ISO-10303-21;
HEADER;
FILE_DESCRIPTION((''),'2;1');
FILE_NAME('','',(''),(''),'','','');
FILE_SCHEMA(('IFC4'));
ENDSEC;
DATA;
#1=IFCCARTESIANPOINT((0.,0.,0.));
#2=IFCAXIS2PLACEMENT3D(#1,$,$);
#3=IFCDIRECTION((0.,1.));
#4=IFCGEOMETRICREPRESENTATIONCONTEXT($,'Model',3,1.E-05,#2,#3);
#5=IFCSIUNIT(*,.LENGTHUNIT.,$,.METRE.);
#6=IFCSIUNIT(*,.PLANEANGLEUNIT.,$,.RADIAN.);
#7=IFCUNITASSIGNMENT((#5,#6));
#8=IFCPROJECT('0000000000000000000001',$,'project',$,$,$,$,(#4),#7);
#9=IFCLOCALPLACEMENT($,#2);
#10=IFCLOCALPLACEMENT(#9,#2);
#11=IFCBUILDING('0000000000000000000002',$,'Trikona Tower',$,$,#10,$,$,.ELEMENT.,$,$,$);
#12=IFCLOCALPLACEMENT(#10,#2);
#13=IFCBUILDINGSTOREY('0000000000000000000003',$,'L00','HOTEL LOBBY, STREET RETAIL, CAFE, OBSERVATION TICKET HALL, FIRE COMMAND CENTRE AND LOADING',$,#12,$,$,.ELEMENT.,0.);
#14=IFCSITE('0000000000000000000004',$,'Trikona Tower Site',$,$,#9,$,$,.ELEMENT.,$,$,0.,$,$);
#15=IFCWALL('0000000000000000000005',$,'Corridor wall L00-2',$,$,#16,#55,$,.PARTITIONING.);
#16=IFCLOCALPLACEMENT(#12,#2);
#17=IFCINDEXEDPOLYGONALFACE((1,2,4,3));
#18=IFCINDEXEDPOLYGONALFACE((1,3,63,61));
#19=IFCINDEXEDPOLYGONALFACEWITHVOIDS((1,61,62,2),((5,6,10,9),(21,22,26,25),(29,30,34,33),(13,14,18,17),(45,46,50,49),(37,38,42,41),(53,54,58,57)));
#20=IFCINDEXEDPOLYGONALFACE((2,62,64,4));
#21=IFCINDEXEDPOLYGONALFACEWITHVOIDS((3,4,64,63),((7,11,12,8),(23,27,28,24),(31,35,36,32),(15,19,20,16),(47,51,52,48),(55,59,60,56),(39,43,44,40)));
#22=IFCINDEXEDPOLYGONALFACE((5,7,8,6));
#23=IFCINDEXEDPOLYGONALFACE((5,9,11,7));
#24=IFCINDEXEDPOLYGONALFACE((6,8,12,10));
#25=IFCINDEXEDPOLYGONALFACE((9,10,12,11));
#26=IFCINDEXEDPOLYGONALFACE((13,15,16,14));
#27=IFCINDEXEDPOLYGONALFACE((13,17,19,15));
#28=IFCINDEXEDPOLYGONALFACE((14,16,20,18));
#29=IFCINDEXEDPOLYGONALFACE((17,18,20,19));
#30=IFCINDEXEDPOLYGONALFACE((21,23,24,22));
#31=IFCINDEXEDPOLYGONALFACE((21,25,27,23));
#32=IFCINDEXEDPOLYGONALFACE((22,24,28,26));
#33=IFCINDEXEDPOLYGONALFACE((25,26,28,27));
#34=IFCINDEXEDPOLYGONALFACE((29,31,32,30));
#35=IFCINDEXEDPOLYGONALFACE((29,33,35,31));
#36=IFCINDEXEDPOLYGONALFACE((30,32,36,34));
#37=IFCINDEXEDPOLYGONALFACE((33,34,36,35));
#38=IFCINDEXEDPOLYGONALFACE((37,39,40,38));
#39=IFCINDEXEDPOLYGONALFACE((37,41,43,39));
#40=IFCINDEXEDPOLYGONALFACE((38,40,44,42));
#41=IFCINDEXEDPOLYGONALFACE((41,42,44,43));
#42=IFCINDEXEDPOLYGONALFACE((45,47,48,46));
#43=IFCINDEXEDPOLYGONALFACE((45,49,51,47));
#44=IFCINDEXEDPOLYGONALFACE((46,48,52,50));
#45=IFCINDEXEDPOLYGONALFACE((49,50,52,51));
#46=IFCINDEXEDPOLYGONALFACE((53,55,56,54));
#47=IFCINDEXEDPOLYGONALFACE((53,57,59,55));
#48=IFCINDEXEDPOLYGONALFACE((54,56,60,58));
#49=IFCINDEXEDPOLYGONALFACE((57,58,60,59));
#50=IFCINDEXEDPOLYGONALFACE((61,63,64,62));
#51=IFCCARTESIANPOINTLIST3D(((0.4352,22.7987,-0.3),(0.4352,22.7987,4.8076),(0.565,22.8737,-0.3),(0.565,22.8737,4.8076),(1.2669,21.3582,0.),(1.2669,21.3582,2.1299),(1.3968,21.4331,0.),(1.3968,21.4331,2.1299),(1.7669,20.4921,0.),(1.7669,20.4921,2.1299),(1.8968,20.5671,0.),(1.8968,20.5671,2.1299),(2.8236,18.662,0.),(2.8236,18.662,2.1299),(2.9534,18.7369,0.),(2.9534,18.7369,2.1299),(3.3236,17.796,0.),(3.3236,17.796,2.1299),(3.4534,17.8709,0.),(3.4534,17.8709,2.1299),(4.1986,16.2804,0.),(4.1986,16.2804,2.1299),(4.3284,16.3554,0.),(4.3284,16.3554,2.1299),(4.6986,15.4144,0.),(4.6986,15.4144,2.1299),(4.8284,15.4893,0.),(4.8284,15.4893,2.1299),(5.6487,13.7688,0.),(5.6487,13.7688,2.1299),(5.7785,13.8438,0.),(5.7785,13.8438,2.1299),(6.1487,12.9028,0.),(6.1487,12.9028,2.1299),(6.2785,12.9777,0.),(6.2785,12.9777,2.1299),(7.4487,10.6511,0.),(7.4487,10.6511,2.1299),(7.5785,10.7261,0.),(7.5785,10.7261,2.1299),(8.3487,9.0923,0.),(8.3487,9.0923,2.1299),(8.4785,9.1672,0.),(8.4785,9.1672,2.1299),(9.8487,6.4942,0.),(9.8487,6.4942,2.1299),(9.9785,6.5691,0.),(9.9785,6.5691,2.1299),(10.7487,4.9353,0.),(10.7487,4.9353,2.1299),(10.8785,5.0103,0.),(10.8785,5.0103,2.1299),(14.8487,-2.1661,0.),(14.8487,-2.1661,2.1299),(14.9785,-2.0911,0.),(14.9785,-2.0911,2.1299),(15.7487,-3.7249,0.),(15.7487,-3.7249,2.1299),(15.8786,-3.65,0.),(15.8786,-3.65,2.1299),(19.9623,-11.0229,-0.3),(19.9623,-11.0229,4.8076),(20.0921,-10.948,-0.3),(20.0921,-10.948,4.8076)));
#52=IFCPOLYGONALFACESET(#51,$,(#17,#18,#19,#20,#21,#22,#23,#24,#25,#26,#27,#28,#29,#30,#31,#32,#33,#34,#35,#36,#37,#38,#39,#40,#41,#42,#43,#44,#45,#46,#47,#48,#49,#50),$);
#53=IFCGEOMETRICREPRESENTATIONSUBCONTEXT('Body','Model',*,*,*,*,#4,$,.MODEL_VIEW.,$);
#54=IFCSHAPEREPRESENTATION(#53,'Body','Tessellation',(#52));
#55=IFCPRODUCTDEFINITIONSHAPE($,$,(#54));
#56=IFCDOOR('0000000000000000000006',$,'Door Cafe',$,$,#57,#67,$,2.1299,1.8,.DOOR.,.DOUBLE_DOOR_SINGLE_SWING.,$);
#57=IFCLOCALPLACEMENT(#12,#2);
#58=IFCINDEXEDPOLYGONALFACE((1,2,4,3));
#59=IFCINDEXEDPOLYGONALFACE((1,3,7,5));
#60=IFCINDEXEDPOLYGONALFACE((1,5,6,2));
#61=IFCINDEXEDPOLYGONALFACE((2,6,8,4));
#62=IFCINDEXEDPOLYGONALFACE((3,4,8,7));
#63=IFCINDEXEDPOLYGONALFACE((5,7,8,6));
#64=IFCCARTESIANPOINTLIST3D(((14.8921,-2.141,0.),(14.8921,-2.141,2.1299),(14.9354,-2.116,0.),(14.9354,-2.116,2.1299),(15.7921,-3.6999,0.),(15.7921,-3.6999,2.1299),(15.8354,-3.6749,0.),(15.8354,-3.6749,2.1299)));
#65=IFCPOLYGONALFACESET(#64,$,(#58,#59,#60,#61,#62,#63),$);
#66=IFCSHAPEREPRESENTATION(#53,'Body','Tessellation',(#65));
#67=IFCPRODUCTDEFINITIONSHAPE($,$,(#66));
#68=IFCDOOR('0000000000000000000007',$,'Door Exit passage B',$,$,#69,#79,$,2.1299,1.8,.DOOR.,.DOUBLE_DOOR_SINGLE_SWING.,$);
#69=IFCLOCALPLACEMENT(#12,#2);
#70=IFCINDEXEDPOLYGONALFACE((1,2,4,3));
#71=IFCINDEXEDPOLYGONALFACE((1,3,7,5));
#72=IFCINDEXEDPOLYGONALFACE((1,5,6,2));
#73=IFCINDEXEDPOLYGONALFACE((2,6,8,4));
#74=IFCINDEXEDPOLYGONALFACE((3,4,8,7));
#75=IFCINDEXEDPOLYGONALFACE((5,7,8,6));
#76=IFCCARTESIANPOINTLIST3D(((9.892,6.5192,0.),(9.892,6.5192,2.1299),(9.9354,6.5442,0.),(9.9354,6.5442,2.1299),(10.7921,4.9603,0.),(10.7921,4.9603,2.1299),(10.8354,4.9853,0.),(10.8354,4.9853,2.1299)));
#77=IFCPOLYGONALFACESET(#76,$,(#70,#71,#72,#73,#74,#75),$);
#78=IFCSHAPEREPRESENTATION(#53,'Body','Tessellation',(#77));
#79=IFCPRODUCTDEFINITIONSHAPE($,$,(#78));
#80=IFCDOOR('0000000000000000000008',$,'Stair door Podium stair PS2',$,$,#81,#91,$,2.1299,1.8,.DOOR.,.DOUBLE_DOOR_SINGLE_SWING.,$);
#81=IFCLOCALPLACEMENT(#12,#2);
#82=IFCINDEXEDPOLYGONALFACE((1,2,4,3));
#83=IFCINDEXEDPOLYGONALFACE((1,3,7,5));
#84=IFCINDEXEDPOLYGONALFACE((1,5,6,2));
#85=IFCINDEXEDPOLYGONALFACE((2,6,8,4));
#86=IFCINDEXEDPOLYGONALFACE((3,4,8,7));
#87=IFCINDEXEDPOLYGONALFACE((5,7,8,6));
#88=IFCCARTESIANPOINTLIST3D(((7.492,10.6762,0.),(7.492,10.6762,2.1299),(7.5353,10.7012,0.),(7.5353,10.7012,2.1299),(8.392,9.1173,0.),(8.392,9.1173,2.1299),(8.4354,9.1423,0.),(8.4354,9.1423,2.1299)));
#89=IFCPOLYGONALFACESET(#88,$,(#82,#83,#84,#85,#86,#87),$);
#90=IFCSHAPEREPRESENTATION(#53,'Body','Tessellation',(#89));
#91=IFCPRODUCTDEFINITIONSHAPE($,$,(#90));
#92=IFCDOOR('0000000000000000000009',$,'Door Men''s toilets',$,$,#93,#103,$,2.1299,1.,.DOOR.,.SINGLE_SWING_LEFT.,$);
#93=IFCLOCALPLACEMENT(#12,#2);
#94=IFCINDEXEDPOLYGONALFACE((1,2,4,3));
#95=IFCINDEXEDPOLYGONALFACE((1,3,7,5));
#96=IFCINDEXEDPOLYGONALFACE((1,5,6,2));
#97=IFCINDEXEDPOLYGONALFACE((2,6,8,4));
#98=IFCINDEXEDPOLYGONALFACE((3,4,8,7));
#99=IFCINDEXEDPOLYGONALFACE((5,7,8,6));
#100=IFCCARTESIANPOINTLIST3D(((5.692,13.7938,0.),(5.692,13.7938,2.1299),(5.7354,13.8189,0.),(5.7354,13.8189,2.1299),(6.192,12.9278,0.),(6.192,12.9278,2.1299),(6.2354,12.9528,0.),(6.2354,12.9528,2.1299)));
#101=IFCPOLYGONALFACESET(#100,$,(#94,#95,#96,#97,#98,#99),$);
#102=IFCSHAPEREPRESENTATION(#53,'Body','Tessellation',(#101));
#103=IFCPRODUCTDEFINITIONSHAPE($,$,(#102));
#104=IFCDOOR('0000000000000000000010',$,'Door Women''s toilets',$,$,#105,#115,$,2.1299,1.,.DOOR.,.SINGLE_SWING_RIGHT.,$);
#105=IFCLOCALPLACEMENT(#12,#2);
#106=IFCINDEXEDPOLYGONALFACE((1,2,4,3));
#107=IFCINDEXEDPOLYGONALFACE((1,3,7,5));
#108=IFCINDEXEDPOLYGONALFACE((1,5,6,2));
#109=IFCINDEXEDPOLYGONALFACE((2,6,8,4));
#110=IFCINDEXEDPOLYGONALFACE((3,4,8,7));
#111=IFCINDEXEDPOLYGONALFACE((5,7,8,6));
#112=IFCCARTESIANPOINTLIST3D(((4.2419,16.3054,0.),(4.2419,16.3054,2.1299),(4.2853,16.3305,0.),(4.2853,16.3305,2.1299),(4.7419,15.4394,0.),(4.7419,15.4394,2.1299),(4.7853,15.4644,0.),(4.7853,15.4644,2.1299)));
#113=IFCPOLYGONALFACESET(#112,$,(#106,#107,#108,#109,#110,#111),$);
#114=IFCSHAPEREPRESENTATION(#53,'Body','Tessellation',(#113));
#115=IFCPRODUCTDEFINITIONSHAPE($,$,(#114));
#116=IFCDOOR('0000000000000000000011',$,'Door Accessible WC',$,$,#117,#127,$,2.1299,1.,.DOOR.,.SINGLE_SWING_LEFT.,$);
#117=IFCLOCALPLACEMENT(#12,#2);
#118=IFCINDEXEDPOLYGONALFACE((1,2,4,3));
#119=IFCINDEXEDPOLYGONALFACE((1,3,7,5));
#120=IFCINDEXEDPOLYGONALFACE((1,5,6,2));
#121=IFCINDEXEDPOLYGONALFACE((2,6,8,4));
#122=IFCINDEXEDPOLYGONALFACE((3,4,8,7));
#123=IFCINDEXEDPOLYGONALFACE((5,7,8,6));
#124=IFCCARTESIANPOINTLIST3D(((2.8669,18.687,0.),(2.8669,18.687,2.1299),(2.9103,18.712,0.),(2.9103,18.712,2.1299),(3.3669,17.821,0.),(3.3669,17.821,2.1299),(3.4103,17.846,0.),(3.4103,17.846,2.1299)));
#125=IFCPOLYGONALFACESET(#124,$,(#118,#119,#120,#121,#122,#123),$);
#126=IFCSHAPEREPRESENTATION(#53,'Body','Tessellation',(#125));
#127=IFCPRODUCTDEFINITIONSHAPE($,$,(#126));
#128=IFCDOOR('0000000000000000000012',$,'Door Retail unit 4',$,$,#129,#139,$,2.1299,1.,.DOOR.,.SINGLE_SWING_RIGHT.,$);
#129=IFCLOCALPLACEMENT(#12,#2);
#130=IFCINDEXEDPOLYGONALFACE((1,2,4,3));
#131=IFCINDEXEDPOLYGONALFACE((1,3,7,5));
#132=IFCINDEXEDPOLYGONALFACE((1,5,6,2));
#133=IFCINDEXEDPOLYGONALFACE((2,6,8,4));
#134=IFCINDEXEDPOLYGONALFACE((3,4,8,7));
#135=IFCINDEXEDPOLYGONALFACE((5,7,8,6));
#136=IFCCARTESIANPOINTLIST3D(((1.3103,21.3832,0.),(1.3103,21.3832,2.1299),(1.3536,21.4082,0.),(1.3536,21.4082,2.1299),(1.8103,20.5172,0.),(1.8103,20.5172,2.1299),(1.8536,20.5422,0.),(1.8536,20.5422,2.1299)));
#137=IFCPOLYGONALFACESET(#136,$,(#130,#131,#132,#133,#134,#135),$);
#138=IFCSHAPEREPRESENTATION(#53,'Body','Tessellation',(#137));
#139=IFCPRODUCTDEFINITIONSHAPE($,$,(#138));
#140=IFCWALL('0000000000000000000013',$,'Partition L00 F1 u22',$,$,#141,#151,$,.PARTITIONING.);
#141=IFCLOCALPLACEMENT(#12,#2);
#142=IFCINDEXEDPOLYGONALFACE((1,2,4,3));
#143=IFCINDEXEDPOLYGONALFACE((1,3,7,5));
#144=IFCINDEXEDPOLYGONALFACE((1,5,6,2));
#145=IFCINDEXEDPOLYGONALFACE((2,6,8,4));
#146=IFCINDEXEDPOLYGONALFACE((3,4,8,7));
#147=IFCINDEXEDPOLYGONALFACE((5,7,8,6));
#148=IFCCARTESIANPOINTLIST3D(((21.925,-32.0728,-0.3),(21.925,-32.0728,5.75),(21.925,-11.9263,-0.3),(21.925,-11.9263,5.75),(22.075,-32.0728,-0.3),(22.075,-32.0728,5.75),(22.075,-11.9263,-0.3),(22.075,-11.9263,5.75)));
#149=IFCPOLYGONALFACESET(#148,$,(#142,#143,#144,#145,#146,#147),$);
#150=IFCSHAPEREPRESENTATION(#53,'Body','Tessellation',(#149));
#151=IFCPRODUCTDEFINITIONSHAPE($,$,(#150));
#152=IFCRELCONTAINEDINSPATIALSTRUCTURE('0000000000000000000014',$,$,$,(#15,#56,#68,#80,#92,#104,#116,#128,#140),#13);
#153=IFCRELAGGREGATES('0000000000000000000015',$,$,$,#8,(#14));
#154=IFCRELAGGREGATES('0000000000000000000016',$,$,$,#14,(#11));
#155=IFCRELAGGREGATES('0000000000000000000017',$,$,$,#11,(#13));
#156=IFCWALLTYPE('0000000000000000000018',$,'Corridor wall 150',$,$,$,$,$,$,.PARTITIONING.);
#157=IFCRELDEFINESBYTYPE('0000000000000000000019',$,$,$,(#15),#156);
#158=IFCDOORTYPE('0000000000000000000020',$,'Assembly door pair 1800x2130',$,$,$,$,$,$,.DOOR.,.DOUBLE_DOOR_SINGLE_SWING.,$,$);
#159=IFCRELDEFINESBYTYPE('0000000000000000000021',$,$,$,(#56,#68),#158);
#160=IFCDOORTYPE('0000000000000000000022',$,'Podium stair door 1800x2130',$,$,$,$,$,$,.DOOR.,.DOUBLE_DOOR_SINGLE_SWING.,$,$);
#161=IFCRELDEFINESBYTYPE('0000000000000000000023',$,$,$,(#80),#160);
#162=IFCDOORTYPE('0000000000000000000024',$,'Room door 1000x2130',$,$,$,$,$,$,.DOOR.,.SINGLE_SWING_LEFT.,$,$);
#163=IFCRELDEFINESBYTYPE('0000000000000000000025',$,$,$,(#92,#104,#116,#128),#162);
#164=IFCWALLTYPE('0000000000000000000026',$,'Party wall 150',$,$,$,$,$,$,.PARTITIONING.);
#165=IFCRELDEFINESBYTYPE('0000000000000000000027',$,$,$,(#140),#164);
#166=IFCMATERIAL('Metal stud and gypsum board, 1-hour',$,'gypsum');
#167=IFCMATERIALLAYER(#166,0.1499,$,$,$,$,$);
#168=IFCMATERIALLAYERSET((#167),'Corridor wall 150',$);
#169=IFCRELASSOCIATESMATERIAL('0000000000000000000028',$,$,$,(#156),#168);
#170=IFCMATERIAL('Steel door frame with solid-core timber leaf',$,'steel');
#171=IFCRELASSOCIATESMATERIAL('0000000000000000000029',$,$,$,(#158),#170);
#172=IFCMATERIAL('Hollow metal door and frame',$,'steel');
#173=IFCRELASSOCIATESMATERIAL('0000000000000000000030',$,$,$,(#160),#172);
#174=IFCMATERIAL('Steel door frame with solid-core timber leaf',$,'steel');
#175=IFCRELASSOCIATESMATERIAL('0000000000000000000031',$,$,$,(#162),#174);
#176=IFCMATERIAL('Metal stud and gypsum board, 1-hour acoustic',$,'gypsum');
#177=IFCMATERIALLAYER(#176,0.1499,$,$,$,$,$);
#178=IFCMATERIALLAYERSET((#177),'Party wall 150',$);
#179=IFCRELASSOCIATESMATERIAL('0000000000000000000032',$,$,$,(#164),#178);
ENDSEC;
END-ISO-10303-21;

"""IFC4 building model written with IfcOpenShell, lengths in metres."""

from ifc_helpers import new_model, si_unit, direction, frame, frame_2d, origin, place, context, subcontext, project, spatial, rectangle, extrude, material, layer, layer_set, type_object, element, fill, save


model = new_model("IFC4")

# Units and contexts
model_context = context("Model", 3, precision=1e-05, world=origin(), true_north=direction((0.0, 1.0)))
body_context = subcontext(model_context, "Body", "Model", "MODEL_VIEW")
ifc_project = project(units=[si_unit("LENGTHUNIT", "METRE"), si_unit("PLANEANGLEUNIT", "RADIAN")], contexts=[model_context])

# Site, building, storey
site_placement = place(None, origin())
site = spatial("IfcSite", under=ifc_project, at=site_placement, Name="Trikona Tower Site", CompositionType="ELEMENT", RefElevation=0.0)
building_placement = place(site_placement, origin())
building = spatial("IfcBuilding", under=site, at=building_placement, Name="Trikona Tower", CompositionType="ELEMENT")
storey_placement = place(building_placement, origin())
storey = spatial("IfcBuildingStorey", under=building, at=storey_placement, Name="L00", Description="HOTEL LOBBY, STREET RETAIL, CAFE, OBSERVATION TICKET HALL, FIRE COMMAND CENTRE AND LOADING", CompositionType="ELEMENT", Elevation=0.0)

# Wall, openings, doors
ifc_material_1 = material(Name="Metal stud and gypsum board, 1-hour", Category="gypsum")
ifc_layer_1 = layer(ifc_material_1, 0.1499)
ifc_layer_set_1 = layer_set([ifc_layer_1], Name="Corridor wall 150")
wall_type_1 = type_object("IfcWallType", Name="Corridor wall 150", PredefinedType="PARTITIONING", material=ifc_layer_set_1)
wall_1_placement = place(storey_placement, frame((20.0271, -10.9854, -0.3), z_axis=(0.0, 0.0, 1.0), x_axis=(-0.500002, 0.866024, 0.0)))
wall_1 = element("IfcWall", 1, at=wall_1_placement, inside=storey, type_object=wall_type_1, Name="Corridor wall L00-2", PredefinedType="PARTITIONING", context=body_context, shape_type="SweptSolid", body=[
    extrude(rectangle(XDim=39.054, YDim=0.1499, at=frame_2d((19.5269, 0.0))), origin(), (0.0, 0.0, 1.0), 5.1077),
])
opening_1_placement = place(wall_1_placement, frame((8.427, 0.0, 0.3)))
opening_1 = element("IfcOpeningElement", 2, at=opening_1_placement, cuts=wall_1, PredefinedType="OPENING", context=body_context, shape_type="SweptSolid", body=[
    extrude(rectangle(XDim=1.8, YDim=2.1299, at=frame_2d((0.8999, 1.0649))), frame((0.0, 0.085, 0.0), z_axis=(0.0, -1.0, 0.0), x_axis=(1.0, 0.0, 0.0)), (0.0, 0.0, 1.0), 0.1699),
])
opening_2_placement = place(wall_1_placement, frame((18.427, 0.0, 0.3)))
opening_2 = element("IfcOpeningElement", 3, at=opening_2_placement, cuts=wall_1, PredefinedType="OPENING", context=body_context, shape_type="SweptSolid", body=[
    extrude(rectangle(XDim=1.8, YDim=2.1299, at=frame_2d((0.8999, 1.0649))), frame((0.0, 0.085, 0.0), z_axis=(0.0, -1.0, 0.0), x_axis=(1.0, 0.0, 0.0)), (0.0, 0.0, 1.0), 0.1699),
])
opening_3_placement = place(wall_1_placement, frame((23.2271, 0.0, 0.3)))
opening_3 = element("IfcOpeningElement", 4, at=opening_3_placement, cuts=wall_1, PredefinedType="OPENING", context=body_context, shape_type="SweptSolid", body=[
    extrude(rectangle(XDim=1.8, YDim=2.1299, at=frame_2d((0.8999, 1.0649))), frame((0.0, 0.085, 0.0), z_axis=(0.0, -1.0, 0.0), x_axis=(1.0, 0.0, 0.0)), (0.0, 0.0, 1.0), 0.1699),
])
opening_4_placement = place(wall_1_placement, frame((27.627, 0.0, 0.3)))
opening_4 = element("IfcOpeningElement", 5, at=opening_4_placement, cuts=wall_1, PredefinedType="OPENING", context=body_context, shape_type="SweptSolid", body=[
    extrude(rectangle(XDim=1.0, YDim=2.1299, at=frame_2d((0.5, 1.0649))), frame((0.0, 0.085, 0.0), z_axis=(0.0, -1.0, 0.0), x_axis=(1.0, 0.0, 0.0)), (0.0, 0.0, 1.0), 0.1699),
])
opening_5_placement = place(wall_1_placement, frame((30.5271, 0.0, 0.3)))
opening_5 = element("IfcOpeningElement", 6, at=opening_5_placement, cuts=wall_1, PredefinedType="OPENING", context=body_context, shape_type="SweptSolid", body=[
    extrude(rectangle(XDim=1.0, YDim=2.1299, at=frame_2d((0.5, 1.0649))), frame((0.0, 0.085, 0.0), z_axis=(0.0, -1.0, 0.0), x_axis=(1.0, 0.0, 0.0)), (0.0, 0.0, 1.0), 0.1699),
])
opening_6_placement = place(wall_1_placement, frame((33.2771, 0.0, 0.3)))
opening_6 = element("IfcOpeningElement", 7, at=opening_6_placement, cuts=wall_1, PredefinedType="OPENING", context=body_context, shape_type="SweptSolid", body=[
    extrude(rectangle(XDim=1.0, YDim=2.1299, at=frame_2d((0.5, 1.0649))), frame((0.0, 0.085, 0.0), z_axis=(0.0, -1.0, 0.0), x_axis=(1.0, 0.0, 0.0)), (0.0, 0.0, 1.0), 0.1699),
])
opening_7_placement = place(wall_1_placement, frame((36.3904, 0.0, 0.3)))
opening_7 = element("IfcOpeningElement", 8, at=opening_7_placement, cuts=wall_1, PredefinedType="OPENING", context=body_context, shape_type="SweptSolid", body=[
    extrude(rectangle(XDim=1.0, YDim=2.1299, at=frame_2d((0.5, 1.0649))), frame((0.0, 0.085, 0.0), z_axis=(0.0, -1.0, 0.0), x_axis=(1.0, 0.0, 0.0)), (0.0, 0.0, 1.0), 0.1699),
])
ifc_material_2 = material(Name="Steel door frame with solid-core timber leaf", Category="steel")
door_type_1 = type_object("IfcDoorType", Name="Assembly door pair 1800x2130", OperationType="DOUBLE_DOOR_SINGLE_SWING", PredefinedType="DOOR", material=ifc_material_2)
door_1_placement = place(opening_1_placement, origin())
door_1 = element("IfcDoor", 9, at=door_1_placement, inside=storey, type_object=door_type_1, Name="Door Cafe", OperationType="DOUBLE_DOOR_SINGLE_SWING", OverallHeight=2.1299, OverallWidth=1.8, PredefinedType="DOOR", context=body_context, shape_type="SweptSolid", body=[
    extrude(rectangle(XDim=1.8, YDim=2.1299, at=frame_2d((0.8999, 1.0649))), frame((0.0, 0.0249, 0.0), z_axis=(0.0, -1.0, 0.0), x_axis=(1.0, 0.0, 0.0)), (0.0, 0.0, 1.0), 0.05),
])
fill(opening_1, door_1)
door_2_placement = place(opening_2_placement, origin())
door_2 = element("IfcDoor", 10, at=door_2_placement, inside=storey, type_object=door_type_1, Name="Door Exit passage B", OperationType="DOUBLE_DOOR_SINGLE_SWING", OverallHeight=2.1299, OverallWidth=1.8, PredefinedType="DOOR", context=body_context, shape_type="SweptSolid", body=[
    extrude(rectangle(XDim=1.8, YDim=2.1299, at=frame_2d((0.8999, 1.0649))), frame((0.0, 0.0249, 0.0), z_axis=(0.0, -1.0, 0.0), x_axis=(1.0, 0.0, 0.0)), (0.0, 0.0, 1.0), 0.05),
])
fill(opening_2, door_2)
ifc_material_3 = material(Name="Hollow metal door and frame", Category="steel")
door_type_2 = type_object("IfcDoorType", Name="Podium stair door 1800x2130", OperationType="DOUBLE_DOOR_SINGLE_SWING", PredefinedType="DOOR", material=ifc_material_3)
door_3_placement = place(opening_3_placement, origin())
door_3 = element("IfcDoor", 11, at=door_3_placement, inside=storey, type_object=door_type_2, Name="Stair door Podium stair PS2", OperationType="DOUBLE_DOOR_SINGLE_SWING", OverallHeight=2.1299, OverallWidth=1.8, PredefinedType="DOOR", context=body_context, shape_type="SweptSolid", body=[
    extrude(rectangle(XDim=1.8, YDim=2.1299, at=frame_2d((0.8999, 1.0649))), frame((0.0, 0.0249, 0.0), z_axis=(0.0, -1.0, 0.0), x_axis=(1.0, 0.0, 0.0)), (0.0, 0.0, 1.0), 0.05),
])
fill(opening_3, door_3)
ifc_material_4 = material(Name="Steel door frame with solid-core timber leaf", Category="steel")
door_type_3 = type_object("IfcDoorType", Name="Room door 1000x2130", OperationType="SINGLE_SWING_LEFT", PredefinedType="DOOR", material=ifc_material_4)
door_4_placement = place(opening_4_placement, origin())
door_4 = element("IfcDoor", 12, at=door_4_placement, inside=storey, type_object=door_type_3, Name="Door Men's toilets", OperationType="SINGLE_SWING_LEFT", OverallHeight=2.1299, OverallWidth=1.0, PredefinedType="DOOR", context=body_context, shape_type="SweptSolid", body=[
    extrude(rectangle(XDim=1.0, YDim=2.1299, at=frame_2d((0.5, 1.0649))), frame((0.0, 0.0249, 0.0), z_axis=(0.0, -1.0, 0.0), x_axis=(1.0, 0.0, 0.0)), (0.0, 0.0, 1.0), 0.05),
])
fill(opening_4, door_4)
door_5_placement = place(opening_5_placement, origin())
door_5 = element("IfcDoor", 13, at=door_5_placement, inside=storey, type_object=door_type_3, Name="Door Women's toilets", OperationType="SINGLE_SWING_RIGHT", OverallHeight=2.1299, OverallWidth=1.0, PredefinedType="DOOR", context=body_context, shape_type="SweptSolid", body=[
    extrude(rectangle(XDim=1.0, YDim=2.1299, at=frame_2d((0.5, 1.0649))), frame((0.0, 0.0249, 0.0), z_axis=(0.0, -1.0, 0.0), x_axis=(1.0, 0.0, 0.0)), (0.0, 0.0, 1.0), 0.05),
])
fill(opening_5, door_5)
door_6_placement = place(opening_6_placement, origin())
door_6 = element("IfcDoor", 14, at=door_6_placement, inside=storey, type_object=door_type_3, Name="Door Accessible WC", OperationType="SINGLE_SWING_LEFT", OverallHeight=2.1299, OverallWidth=1.0, PredefinedType="DOOR", context=body_context, shape_type="SweptSolid", body=[
    extrude(rectangle(XDim=1.0, YDim=2.1299, at=frame_2d((0.5, 1.0649))), frame((0.0, 0.0249, 0.0), z_axis=(0.0, -1.0, 0.0), x_axis=(1.0, 0.0, 0.0)), (0.0, 0.0, 1.0), 0.05),
])
fill(opening_6, door_6)
door_7_placement = place(opening_7_placement, origin())
door_7 = element("IfcDoor", 15, at=door_7_placement, inside=storey, type_object=door_type_3, Name="Door Retail unit 4", OperationType="SINGLE_SWING_RIGHT", OverallHeight=2.1299, OverallWidth=1.0, PredefinedType="DOOR", context=body_context, shape_type="SweptSolid", body=[
    extrude(rectangle(XDim=1.0, YDim=2.1299, at=frame_2d((0.5, 1.0649))), frame((0.0, 0.0249, 0.0), z_axis=(0.0, -1.0, 0.0), x_axis=(1.0, 0.0, 0.0)), (0.0, 0.0, 1.0), 0.05),
])
fill(opening_7, door_7)

# Wall
ifc_material_5 = material(Name="Metal stud and gypsum board, 1-hour acoustic", Category="gypsum")
ifc_layer_2 = layer(ifc_material_5, 0.1499)
ifc_layer_set_2 = layer_set([ifc_layer_2], Name="Party wall 150")
wall_type_2 = type_object("IfcWallType", Name="Party wall 150", PredefinedType="PARTITIONING", material=ifc_layer_set_2)
wall_2_placement = place(storey_placement, frame((22.0, -11.9263, -0.3), z_axis=(0.0, 0.0, 1.0), x_axis=(0.0, -1.0, 0.0)))
element("IfcWall", 16, at=wall_2_placement, inside=storey, type_object=wall_type_2, Name="Partition L00 F1 u22", PredefinedType="PARTITIONING", context=body_context, shape_type="SweptSolid", body=[
    extrude(rectangle(XDim=20.1465, YDim=0.1499, at=frame_2d((10.0732, 0.0))), origin(), (0.0, 0.0, 1.0), 6.05),
])

save(model, "model.ifc")
